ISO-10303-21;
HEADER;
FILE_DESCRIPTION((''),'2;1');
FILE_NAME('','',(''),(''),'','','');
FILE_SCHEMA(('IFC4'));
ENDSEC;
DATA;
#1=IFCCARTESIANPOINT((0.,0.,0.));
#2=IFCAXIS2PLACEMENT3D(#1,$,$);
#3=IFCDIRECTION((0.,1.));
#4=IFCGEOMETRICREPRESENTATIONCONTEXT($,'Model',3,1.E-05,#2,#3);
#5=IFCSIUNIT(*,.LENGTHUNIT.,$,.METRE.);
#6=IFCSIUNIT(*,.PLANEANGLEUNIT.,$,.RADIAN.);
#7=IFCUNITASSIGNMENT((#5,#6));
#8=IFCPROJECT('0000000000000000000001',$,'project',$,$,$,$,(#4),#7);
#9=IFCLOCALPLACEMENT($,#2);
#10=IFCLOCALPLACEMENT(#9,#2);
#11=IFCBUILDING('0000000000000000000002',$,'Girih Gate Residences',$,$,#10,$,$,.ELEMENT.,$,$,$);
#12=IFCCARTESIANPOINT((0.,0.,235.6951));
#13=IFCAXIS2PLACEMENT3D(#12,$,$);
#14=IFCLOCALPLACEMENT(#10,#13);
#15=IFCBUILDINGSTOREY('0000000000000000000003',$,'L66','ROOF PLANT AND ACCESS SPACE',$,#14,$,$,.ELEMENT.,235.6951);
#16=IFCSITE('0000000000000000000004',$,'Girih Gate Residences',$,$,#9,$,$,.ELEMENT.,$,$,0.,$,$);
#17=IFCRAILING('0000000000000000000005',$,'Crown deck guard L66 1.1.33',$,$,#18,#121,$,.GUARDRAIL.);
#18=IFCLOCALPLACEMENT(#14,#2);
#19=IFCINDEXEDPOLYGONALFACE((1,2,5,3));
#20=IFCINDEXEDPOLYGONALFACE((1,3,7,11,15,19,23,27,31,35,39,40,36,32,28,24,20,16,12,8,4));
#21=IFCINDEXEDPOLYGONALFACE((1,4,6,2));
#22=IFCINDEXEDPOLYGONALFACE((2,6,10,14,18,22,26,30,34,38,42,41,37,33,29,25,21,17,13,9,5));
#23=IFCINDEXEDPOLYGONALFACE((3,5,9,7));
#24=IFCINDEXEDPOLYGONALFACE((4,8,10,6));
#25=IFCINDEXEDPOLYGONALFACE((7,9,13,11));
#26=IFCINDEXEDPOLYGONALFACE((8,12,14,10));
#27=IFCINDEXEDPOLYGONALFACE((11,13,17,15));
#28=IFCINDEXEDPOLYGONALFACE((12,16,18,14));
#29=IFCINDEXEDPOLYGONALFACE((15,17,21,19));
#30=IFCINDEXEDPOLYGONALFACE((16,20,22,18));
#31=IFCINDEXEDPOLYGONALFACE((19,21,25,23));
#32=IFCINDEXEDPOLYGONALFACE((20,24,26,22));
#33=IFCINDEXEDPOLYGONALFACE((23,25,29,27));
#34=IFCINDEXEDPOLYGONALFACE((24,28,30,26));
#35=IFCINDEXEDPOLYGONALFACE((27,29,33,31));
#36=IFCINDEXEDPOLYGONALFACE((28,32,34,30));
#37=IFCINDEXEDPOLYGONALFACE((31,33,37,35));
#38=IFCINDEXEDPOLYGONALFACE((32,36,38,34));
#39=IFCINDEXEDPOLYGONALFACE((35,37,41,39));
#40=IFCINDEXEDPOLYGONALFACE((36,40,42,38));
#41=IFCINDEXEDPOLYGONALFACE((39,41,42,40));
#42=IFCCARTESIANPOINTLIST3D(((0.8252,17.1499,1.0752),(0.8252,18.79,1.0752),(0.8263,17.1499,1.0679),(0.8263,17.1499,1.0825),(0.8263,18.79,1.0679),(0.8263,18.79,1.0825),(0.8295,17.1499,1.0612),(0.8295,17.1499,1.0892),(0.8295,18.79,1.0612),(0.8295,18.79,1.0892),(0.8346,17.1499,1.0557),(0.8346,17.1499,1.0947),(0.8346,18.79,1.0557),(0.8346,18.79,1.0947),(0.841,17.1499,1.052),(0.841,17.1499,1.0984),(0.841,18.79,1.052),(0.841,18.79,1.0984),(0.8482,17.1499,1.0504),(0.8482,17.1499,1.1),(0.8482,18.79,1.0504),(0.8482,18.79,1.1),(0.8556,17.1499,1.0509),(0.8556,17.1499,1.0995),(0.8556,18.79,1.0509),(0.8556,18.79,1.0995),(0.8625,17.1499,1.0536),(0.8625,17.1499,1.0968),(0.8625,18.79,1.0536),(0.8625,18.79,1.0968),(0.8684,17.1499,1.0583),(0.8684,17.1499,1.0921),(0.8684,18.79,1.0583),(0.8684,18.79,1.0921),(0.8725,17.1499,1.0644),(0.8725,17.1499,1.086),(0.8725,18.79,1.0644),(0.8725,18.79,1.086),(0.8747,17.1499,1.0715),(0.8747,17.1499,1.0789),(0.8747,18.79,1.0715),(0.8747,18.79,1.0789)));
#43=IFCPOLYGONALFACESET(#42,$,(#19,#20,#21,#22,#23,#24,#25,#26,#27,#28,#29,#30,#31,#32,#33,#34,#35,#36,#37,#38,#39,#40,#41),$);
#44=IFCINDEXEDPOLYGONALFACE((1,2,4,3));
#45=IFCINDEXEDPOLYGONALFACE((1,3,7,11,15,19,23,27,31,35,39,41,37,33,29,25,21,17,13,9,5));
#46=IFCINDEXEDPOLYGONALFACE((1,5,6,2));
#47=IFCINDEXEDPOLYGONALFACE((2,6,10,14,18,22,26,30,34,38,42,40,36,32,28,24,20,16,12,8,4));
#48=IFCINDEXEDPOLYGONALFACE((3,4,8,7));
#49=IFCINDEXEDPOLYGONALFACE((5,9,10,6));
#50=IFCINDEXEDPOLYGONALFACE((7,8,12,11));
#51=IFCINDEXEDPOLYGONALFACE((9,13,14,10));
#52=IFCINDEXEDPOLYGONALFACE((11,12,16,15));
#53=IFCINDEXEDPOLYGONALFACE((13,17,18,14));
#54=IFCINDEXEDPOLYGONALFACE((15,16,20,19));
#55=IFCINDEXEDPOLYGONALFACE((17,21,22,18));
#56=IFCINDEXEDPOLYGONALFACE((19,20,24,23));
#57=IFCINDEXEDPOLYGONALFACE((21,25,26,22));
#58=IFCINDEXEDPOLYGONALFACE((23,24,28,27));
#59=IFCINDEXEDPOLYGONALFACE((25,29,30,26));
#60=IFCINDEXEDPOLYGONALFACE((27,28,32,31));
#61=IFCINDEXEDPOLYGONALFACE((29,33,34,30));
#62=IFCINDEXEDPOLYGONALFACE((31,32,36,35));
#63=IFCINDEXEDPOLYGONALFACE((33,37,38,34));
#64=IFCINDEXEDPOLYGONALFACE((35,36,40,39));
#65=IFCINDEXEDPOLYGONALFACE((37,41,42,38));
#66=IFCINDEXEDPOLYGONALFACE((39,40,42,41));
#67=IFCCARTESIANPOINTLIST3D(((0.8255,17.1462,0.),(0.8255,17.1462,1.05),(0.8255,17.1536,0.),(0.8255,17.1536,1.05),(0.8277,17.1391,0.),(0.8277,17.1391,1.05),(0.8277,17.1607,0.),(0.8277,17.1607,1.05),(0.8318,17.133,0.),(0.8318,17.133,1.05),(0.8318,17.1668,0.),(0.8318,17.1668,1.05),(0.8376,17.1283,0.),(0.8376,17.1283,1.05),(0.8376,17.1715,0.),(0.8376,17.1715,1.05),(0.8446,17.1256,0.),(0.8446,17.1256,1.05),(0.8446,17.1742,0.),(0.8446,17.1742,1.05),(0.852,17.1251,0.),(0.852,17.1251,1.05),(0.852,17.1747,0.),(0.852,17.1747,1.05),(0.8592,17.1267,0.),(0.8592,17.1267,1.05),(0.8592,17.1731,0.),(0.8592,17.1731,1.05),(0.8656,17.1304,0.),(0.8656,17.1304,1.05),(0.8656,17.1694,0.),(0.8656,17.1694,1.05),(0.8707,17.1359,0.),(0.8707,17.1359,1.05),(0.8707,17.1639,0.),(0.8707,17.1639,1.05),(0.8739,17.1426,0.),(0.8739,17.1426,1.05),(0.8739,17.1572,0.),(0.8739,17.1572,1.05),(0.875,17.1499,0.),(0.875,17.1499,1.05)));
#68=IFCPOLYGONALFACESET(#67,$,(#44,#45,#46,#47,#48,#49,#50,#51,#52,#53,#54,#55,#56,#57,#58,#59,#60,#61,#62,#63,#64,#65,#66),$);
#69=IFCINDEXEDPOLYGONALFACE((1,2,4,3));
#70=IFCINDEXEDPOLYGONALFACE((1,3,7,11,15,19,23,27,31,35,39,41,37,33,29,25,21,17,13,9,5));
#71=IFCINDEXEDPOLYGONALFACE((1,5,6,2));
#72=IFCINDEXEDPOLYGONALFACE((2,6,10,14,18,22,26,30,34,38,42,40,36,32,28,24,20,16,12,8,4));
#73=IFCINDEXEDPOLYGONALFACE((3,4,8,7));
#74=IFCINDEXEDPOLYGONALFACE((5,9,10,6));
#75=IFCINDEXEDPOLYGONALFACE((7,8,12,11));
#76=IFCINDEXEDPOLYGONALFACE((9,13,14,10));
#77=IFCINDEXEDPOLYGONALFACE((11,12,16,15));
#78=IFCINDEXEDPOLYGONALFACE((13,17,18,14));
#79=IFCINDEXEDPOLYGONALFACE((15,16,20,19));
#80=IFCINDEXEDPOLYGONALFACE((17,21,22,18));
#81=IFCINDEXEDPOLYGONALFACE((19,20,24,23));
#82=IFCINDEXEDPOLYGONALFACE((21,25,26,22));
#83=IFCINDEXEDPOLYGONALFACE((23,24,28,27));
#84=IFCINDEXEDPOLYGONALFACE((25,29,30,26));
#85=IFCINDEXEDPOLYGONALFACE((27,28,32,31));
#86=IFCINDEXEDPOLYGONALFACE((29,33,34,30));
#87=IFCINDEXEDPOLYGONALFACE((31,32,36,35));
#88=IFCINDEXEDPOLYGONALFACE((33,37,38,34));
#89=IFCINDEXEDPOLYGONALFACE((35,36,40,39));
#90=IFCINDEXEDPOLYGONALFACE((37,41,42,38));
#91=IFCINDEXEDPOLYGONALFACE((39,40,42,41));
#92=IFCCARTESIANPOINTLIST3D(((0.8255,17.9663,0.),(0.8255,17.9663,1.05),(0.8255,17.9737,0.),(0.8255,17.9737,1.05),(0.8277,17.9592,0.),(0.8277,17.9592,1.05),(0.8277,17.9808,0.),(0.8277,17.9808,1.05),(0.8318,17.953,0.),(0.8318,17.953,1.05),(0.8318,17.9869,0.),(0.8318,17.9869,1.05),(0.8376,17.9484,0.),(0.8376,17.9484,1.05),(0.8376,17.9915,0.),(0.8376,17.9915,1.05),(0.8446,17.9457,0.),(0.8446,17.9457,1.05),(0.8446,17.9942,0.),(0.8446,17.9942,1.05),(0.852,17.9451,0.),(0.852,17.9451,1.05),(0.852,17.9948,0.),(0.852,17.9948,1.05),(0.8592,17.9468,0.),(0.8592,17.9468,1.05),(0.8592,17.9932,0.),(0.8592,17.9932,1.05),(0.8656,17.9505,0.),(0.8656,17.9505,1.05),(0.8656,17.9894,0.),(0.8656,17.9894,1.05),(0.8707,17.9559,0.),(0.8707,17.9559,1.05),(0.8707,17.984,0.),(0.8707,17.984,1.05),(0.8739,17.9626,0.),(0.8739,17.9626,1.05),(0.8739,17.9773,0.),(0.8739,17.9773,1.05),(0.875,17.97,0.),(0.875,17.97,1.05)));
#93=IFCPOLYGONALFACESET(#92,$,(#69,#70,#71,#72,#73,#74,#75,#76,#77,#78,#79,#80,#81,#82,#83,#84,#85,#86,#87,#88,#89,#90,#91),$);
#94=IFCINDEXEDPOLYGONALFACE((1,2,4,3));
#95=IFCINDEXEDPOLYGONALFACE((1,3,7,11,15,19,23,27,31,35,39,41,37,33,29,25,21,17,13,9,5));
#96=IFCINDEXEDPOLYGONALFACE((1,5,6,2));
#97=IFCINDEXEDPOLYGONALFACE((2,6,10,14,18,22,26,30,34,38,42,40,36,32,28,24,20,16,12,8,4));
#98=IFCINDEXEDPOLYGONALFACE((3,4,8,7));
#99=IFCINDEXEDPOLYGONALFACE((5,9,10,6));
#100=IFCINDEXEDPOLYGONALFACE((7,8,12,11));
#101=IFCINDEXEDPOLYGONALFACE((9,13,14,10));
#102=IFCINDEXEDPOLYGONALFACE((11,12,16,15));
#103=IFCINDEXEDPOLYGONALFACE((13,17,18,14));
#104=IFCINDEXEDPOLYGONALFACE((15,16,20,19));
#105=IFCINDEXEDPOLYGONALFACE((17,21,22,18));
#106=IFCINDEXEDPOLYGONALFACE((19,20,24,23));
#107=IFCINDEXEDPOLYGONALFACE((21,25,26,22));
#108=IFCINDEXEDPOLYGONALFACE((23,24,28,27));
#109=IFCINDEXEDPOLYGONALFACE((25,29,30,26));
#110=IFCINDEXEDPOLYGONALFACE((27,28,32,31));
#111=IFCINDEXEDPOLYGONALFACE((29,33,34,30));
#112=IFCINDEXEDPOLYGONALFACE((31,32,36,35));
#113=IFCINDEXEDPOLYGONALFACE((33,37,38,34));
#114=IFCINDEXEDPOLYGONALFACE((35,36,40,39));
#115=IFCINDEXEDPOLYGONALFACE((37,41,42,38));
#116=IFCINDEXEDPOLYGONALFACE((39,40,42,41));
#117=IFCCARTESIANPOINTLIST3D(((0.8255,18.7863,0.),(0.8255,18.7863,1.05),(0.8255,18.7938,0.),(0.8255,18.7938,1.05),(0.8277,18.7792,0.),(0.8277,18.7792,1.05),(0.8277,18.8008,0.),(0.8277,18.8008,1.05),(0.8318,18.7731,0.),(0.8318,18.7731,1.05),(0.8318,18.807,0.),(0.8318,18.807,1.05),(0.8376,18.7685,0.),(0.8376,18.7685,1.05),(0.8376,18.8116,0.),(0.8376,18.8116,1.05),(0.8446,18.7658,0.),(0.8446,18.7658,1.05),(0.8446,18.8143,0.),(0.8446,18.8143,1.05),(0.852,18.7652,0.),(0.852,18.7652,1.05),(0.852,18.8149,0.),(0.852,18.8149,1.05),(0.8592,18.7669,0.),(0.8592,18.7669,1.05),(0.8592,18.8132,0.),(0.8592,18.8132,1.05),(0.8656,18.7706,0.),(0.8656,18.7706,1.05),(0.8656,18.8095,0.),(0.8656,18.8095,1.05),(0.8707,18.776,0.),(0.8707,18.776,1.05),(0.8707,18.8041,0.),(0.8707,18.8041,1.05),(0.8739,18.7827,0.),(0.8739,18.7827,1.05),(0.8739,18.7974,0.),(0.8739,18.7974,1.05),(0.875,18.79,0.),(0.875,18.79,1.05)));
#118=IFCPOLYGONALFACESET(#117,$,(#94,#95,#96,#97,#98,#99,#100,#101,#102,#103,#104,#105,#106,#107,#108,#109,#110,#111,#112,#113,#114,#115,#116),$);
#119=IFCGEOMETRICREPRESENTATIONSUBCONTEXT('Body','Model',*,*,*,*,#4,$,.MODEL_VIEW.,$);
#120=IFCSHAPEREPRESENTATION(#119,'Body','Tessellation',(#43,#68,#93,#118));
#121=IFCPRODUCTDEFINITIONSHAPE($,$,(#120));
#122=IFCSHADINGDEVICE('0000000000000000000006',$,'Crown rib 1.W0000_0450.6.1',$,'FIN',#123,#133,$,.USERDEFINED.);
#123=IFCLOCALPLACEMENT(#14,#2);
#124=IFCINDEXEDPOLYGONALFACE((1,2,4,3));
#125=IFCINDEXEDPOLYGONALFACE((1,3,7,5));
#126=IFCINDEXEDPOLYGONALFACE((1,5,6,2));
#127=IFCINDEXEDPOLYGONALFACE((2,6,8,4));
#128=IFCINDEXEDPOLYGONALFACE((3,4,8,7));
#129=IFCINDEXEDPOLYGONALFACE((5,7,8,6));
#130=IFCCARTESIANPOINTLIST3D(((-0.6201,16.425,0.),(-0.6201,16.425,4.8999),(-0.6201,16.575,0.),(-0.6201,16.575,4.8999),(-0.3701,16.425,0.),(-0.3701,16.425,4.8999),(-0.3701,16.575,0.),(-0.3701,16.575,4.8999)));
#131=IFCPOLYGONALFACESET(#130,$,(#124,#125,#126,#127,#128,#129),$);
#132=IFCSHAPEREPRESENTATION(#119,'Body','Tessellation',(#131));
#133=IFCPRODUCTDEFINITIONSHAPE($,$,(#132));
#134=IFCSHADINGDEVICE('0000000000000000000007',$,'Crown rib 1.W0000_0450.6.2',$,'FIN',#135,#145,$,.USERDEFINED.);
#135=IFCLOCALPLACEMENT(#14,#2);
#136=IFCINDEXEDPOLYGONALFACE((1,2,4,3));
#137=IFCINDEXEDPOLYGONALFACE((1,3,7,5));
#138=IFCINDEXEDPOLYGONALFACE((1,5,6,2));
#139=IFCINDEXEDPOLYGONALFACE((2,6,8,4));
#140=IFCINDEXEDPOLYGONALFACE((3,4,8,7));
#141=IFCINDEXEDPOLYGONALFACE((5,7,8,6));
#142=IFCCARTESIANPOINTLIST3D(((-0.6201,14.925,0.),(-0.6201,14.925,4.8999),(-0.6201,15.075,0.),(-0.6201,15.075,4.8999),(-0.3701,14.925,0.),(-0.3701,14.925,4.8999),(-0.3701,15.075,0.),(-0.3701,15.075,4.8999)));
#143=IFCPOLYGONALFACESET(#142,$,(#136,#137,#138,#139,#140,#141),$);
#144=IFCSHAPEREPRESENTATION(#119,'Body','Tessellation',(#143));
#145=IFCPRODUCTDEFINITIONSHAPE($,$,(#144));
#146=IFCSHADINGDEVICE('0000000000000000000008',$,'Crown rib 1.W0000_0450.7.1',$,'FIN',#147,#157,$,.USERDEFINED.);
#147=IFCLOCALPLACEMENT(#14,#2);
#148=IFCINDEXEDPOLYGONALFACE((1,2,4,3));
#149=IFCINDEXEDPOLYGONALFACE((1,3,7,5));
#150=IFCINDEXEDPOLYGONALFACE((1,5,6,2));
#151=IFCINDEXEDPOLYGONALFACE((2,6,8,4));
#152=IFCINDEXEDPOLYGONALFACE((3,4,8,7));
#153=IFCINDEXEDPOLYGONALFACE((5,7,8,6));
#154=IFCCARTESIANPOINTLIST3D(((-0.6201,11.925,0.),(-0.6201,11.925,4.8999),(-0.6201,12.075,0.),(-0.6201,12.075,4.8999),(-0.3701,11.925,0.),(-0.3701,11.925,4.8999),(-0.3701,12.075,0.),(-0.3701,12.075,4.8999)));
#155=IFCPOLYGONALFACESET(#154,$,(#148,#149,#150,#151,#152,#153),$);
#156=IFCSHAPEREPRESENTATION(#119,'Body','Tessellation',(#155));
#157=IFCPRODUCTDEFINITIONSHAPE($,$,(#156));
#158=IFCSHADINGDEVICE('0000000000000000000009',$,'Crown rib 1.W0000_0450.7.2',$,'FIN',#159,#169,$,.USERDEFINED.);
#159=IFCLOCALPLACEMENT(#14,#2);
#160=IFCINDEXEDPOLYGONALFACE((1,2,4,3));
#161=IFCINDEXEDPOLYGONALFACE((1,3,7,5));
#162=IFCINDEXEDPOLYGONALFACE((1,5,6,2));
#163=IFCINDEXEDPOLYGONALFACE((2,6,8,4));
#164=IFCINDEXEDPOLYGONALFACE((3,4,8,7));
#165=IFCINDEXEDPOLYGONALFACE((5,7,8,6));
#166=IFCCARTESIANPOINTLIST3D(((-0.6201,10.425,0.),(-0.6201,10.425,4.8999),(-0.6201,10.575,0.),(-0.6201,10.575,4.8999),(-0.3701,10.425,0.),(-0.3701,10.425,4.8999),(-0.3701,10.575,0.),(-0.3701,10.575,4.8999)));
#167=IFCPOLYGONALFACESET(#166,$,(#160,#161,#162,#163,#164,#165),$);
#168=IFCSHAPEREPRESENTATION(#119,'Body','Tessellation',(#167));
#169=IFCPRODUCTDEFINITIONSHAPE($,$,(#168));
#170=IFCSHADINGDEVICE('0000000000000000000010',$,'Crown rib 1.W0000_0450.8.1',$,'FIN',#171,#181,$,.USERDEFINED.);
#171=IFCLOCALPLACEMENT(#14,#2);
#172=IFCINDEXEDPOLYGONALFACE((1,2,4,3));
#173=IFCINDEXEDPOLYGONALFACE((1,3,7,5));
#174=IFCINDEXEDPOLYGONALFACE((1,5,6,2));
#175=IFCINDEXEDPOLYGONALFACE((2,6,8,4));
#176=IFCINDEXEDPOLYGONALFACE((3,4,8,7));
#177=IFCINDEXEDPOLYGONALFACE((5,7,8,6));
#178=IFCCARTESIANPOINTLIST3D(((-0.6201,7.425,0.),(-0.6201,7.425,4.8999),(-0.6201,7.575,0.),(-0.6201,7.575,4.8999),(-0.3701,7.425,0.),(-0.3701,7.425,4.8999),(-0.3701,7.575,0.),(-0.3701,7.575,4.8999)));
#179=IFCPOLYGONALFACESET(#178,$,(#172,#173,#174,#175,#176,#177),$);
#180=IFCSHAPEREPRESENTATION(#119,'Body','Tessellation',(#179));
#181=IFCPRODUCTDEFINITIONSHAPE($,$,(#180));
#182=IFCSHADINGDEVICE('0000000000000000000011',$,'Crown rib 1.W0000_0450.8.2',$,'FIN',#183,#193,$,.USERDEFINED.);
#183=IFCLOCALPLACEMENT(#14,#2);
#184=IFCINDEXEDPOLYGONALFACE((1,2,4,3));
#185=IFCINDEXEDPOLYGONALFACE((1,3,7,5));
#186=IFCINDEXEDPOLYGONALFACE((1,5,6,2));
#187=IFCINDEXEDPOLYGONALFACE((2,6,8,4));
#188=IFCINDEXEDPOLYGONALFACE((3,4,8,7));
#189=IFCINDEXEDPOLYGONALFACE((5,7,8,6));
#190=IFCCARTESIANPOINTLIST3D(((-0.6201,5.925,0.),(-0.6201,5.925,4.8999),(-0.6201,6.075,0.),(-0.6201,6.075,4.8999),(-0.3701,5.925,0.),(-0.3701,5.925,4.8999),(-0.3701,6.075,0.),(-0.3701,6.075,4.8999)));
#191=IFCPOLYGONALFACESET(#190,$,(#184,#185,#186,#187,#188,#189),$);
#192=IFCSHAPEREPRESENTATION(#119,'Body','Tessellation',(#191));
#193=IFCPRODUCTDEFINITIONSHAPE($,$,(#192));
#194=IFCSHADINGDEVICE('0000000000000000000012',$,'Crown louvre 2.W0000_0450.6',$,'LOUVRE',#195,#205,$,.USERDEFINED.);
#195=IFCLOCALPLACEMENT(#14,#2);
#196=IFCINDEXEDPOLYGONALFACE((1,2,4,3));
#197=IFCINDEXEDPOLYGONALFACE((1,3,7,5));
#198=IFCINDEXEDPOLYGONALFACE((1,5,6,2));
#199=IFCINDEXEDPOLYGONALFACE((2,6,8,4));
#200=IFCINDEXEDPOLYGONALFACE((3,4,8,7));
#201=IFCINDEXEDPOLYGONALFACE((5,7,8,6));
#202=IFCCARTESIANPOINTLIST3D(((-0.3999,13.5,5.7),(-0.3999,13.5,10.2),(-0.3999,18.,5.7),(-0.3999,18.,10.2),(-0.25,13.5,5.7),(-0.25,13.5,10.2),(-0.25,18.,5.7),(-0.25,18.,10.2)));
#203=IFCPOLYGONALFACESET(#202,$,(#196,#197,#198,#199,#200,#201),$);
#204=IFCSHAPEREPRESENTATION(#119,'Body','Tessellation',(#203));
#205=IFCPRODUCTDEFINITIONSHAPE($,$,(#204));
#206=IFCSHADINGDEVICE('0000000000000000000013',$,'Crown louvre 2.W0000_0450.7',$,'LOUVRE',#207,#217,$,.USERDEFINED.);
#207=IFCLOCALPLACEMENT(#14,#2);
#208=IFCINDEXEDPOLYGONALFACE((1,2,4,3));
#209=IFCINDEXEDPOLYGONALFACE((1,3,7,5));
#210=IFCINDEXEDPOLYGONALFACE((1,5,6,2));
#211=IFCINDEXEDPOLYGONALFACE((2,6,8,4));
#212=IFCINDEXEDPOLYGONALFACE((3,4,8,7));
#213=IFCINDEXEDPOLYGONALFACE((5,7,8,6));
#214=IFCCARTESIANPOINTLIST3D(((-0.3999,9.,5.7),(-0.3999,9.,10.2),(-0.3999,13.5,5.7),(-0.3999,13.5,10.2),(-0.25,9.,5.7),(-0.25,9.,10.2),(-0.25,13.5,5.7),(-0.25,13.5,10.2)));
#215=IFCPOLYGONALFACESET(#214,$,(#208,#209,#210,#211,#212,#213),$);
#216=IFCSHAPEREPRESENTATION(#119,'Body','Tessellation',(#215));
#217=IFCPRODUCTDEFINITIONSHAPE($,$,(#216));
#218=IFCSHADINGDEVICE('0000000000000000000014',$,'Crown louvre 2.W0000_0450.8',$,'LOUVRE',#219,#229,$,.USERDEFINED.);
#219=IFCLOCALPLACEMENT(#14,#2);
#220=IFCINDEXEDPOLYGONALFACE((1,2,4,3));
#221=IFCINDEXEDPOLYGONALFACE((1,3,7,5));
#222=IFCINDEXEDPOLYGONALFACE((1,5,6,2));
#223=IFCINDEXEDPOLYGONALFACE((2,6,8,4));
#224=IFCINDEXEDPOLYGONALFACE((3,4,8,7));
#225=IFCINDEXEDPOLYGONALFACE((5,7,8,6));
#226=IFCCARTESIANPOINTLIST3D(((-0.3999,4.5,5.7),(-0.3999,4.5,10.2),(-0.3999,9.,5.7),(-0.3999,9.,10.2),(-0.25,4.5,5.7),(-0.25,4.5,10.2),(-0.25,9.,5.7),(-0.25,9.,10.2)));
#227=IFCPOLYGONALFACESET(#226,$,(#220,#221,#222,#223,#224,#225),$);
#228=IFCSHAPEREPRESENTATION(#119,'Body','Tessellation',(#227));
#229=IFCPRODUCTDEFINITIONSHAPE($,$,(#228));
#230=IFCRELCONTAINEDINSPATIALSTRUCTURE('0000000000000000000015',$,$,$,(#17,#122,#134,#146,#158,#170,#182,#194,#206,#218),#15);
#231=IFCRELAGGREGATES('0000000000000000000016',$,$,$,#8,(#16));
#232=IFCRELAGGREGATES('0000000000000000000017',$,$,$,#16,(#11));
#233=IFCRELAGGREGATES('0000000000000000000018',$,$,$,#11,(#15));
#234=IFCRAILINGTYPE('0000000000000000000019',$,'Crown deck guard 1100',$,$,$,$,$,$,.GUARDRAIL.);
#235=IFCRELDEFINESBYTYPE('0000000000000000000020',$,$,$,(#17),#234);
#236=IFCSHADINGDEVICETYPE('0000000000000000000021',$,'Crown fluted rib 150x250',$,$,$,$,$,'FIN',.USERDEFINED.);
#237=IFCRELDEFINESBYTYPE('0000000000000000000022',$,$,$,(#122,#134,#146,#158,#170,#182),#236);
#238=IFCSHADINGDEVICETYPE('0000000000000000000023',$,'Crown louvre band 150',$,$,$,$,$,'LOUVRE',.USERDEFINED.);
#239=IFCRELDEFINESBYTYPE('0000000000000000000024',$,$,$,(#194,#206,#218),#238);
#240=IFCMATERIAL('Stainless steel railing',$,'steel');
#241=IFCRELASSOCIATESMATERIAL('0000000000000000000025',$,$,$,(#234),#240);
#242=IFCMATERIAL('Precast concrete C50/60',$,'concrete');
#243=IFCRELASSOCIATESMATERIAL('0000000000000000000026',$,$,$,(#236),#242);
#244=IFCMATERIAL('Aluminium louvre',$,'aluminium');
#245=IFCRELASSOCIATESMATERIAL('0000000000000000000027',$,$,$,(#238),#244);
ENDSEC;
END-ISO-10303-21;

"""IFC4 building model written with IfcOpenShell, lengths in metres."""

from ifc_helpers import new_model, si_unit, direction, frame, origin, origin_2d, place, context, subcontext, project, spatial, rectangle, circle, extrude, material, type_object, element, save


model = new_model("IFC4")

# Units and contexts
model_context = context("Model", 3, precision=1e-05, world=origin(), true_north=direction((0.0, 1.0)))
body_context = subcontext(model_context, "Body", "Model", "MODEL_VIEW")
ifc_project = project(units=[si_unit("LENGTHUNIT", "METRE"), si_unit("PLANEANGLEUNIT", "RADIAN")], contexts=[model_context])

# Site, building, storey
site_placement = place(None, origin())
site = spatial("IfcSite", under=ifc_project, at=site_placement, Name="Girih Gate Residences", CompositionType="ELEMENT", RefElevation=0.0)
building_placement = place(site_placement, origin())
building = spatial("IfcBuilding", under=site, at=building_placement, Name="Girih Gate Residences", CompositionType="ELEMENT")
storey_placement = place(building_placement, frame((0.0, 0.0, 235.6951)))
storey = spatial("IfcBuildingStorey", under=building, at=storey_placement, Name="L66", Description="ROOF PLANT AND ACCESS SPACE", CompositionType="ELEMENT", Elevation=235.6951)

# Railing
ifc_material_1 = material(Name="Stainless steel railing", Category="steel")
railing_type = type_object("IfcRailingType", Name="Crown deck guard 1100", PredefinedType="GUARDRAIL", material=ifc_material_1)
railing_1_placement = place(storey_placement, frame((0.8501, 17.1499, 0.0)))
element("IfcRailing", 1, at=railing_1_placement, inside=storey, type_object=railing_type, Name="Crown deck guard L66 1.1.33", PredefinedType="GUARDRAIL", context=body_context, shape_type="SweptSolid", body=[
    extrude(circle(Radius=0.0249, at=origin_2d()), frame((0.0, 0.0, 1.0752), z_axis=(0.0, 1.0, 0.0), x_axis=(-1.0, 0.0, 0.0)), (0.0, 0.0, 1.0), 1.6401),
    extrude(circle(Radius=0.0249, at=origin_2d()), origin(), (0.0, 0.0, 1.0), 1.05),
    extrude(circle(Radius=0.0249, at=origin_2d()), frame((0.0, 0.8201, 0.0)), (0.0, 0.0, 1.0), 1.05),
    extrude(circle(Radius=0.0249, at=origin_2d()), frame((0.0, 1.6401, 0.0)), (0.0, 0.0, 1.0), 1.05),
])

# Shading devices
ifc_material_2 = material(Name="Precast concrete C50/60", Category="concrete")
shading_device_type_1 = type_object("IfcShadingDeviceType", Name="Crown fluted rib 150x250", ElementType="FIN", PredefinedType="USERDEFINED", material=ifc_material_2)
for number, where, z_axis, x_axis, name in (
    (2, (-0.4951, 16.5, 0.0), (0.0, 0.0, 1.0), (0.0, -1.0, 0.0), "Crown rib 1.W0000_0450.6.1"),
    (3, (-0.4951, 15.0, 0.0), (0.0, 0.0, 1.0), (0.0, -1.0, 0.0), "Crown rib 1.W0000_0450.6.2"),
    (4, (-0.4951, 12.0, 0.0), (0.0, 0.0, 1.0), (0.0, -1.0, 0.0), "Crown rib 1.W0000_0450.7.1"),
    (5, (-0.4951, 10.5, 0.0), (0.0, 0.0, 1.0), (0.0, -1.0, 0.0), "Crown rib 1.W0000_0450.7.2"),
    (6, (-0.4951, 7.5, 0.0), (0.0, 0.0, 1.0), (0.0, -1.0, 0.0), "Crown rib 1.W0000_0450.8.1"),
    (7, (-0.4951, 6.0, 0.0), (0.0, 0.0, 1.0), (0.0, -1.0, 0.0), "Crown rib 1.W0000_0450.8.2"),
):
    element("IfcShadingDevice", number, at=place(storey_placement, frame(where, z_axis=z_axis, x_axis=x_axis)), inside=storey, type_object=shading_device_type_1, Name=name, ObjectType="FIN", PredefinedType="USERDEFINED", context=body_context, shape_type="SweptSolid", body=[
        extrude(rectangle(XDim=0.1499, YDim=0.25, at=origin_2d()), origin(), (0.0, 0.0, 1.0), 4.8999),
    ])
ifc_material_3 = material(Name="Aluminium louvre", Category="aluminium")
shading_device_type_2 = type_object("IfcShadingDeviceType", Name="Crown louvre band 150", ElementType="LOUVRE", PredefinedType="USERDEFINED", material=ifc_material_3)
for number, where, z_axis, x_axis, name in (
    (8, (-0.325, 15.75, 5.7), (0.0, 0.0, 1.0), (0.0, -1.0, 0.0), "Crown louvre 2.W0000_0450.6"),
    (9, (-0.325, 11.25, 5.7), (0.0, 0.0, 1.0), (0.0, -1.0, 0.0), "Crown louvre 2.W0000_0450.7"),
    (10, (-0.325, 6.75, 5.7), (0.0, 0.0, 1.0), (0.0, -1.0, 0.0), "Crown louvre 2.W0000_0450.8"),
):
    element("IfcShadingDevice", number, at=place(storey_placement, frame(where, z_axis=z_axis, x_axis=x_axis)), inside=storey, type_object=shading_device_type_2, Name=name, ObjectType="LOUVRE", PredefinedType="USERDEFINED", context=body_context, shape_type="SweptSolid", body=[
        extrude(rectangle(XDim=4.5, YDim=0.1499, at=origin_2d()), origin(), (0.0, 0.0, 1.0), 4.5),
    ])

save(model, "model.ifc")
